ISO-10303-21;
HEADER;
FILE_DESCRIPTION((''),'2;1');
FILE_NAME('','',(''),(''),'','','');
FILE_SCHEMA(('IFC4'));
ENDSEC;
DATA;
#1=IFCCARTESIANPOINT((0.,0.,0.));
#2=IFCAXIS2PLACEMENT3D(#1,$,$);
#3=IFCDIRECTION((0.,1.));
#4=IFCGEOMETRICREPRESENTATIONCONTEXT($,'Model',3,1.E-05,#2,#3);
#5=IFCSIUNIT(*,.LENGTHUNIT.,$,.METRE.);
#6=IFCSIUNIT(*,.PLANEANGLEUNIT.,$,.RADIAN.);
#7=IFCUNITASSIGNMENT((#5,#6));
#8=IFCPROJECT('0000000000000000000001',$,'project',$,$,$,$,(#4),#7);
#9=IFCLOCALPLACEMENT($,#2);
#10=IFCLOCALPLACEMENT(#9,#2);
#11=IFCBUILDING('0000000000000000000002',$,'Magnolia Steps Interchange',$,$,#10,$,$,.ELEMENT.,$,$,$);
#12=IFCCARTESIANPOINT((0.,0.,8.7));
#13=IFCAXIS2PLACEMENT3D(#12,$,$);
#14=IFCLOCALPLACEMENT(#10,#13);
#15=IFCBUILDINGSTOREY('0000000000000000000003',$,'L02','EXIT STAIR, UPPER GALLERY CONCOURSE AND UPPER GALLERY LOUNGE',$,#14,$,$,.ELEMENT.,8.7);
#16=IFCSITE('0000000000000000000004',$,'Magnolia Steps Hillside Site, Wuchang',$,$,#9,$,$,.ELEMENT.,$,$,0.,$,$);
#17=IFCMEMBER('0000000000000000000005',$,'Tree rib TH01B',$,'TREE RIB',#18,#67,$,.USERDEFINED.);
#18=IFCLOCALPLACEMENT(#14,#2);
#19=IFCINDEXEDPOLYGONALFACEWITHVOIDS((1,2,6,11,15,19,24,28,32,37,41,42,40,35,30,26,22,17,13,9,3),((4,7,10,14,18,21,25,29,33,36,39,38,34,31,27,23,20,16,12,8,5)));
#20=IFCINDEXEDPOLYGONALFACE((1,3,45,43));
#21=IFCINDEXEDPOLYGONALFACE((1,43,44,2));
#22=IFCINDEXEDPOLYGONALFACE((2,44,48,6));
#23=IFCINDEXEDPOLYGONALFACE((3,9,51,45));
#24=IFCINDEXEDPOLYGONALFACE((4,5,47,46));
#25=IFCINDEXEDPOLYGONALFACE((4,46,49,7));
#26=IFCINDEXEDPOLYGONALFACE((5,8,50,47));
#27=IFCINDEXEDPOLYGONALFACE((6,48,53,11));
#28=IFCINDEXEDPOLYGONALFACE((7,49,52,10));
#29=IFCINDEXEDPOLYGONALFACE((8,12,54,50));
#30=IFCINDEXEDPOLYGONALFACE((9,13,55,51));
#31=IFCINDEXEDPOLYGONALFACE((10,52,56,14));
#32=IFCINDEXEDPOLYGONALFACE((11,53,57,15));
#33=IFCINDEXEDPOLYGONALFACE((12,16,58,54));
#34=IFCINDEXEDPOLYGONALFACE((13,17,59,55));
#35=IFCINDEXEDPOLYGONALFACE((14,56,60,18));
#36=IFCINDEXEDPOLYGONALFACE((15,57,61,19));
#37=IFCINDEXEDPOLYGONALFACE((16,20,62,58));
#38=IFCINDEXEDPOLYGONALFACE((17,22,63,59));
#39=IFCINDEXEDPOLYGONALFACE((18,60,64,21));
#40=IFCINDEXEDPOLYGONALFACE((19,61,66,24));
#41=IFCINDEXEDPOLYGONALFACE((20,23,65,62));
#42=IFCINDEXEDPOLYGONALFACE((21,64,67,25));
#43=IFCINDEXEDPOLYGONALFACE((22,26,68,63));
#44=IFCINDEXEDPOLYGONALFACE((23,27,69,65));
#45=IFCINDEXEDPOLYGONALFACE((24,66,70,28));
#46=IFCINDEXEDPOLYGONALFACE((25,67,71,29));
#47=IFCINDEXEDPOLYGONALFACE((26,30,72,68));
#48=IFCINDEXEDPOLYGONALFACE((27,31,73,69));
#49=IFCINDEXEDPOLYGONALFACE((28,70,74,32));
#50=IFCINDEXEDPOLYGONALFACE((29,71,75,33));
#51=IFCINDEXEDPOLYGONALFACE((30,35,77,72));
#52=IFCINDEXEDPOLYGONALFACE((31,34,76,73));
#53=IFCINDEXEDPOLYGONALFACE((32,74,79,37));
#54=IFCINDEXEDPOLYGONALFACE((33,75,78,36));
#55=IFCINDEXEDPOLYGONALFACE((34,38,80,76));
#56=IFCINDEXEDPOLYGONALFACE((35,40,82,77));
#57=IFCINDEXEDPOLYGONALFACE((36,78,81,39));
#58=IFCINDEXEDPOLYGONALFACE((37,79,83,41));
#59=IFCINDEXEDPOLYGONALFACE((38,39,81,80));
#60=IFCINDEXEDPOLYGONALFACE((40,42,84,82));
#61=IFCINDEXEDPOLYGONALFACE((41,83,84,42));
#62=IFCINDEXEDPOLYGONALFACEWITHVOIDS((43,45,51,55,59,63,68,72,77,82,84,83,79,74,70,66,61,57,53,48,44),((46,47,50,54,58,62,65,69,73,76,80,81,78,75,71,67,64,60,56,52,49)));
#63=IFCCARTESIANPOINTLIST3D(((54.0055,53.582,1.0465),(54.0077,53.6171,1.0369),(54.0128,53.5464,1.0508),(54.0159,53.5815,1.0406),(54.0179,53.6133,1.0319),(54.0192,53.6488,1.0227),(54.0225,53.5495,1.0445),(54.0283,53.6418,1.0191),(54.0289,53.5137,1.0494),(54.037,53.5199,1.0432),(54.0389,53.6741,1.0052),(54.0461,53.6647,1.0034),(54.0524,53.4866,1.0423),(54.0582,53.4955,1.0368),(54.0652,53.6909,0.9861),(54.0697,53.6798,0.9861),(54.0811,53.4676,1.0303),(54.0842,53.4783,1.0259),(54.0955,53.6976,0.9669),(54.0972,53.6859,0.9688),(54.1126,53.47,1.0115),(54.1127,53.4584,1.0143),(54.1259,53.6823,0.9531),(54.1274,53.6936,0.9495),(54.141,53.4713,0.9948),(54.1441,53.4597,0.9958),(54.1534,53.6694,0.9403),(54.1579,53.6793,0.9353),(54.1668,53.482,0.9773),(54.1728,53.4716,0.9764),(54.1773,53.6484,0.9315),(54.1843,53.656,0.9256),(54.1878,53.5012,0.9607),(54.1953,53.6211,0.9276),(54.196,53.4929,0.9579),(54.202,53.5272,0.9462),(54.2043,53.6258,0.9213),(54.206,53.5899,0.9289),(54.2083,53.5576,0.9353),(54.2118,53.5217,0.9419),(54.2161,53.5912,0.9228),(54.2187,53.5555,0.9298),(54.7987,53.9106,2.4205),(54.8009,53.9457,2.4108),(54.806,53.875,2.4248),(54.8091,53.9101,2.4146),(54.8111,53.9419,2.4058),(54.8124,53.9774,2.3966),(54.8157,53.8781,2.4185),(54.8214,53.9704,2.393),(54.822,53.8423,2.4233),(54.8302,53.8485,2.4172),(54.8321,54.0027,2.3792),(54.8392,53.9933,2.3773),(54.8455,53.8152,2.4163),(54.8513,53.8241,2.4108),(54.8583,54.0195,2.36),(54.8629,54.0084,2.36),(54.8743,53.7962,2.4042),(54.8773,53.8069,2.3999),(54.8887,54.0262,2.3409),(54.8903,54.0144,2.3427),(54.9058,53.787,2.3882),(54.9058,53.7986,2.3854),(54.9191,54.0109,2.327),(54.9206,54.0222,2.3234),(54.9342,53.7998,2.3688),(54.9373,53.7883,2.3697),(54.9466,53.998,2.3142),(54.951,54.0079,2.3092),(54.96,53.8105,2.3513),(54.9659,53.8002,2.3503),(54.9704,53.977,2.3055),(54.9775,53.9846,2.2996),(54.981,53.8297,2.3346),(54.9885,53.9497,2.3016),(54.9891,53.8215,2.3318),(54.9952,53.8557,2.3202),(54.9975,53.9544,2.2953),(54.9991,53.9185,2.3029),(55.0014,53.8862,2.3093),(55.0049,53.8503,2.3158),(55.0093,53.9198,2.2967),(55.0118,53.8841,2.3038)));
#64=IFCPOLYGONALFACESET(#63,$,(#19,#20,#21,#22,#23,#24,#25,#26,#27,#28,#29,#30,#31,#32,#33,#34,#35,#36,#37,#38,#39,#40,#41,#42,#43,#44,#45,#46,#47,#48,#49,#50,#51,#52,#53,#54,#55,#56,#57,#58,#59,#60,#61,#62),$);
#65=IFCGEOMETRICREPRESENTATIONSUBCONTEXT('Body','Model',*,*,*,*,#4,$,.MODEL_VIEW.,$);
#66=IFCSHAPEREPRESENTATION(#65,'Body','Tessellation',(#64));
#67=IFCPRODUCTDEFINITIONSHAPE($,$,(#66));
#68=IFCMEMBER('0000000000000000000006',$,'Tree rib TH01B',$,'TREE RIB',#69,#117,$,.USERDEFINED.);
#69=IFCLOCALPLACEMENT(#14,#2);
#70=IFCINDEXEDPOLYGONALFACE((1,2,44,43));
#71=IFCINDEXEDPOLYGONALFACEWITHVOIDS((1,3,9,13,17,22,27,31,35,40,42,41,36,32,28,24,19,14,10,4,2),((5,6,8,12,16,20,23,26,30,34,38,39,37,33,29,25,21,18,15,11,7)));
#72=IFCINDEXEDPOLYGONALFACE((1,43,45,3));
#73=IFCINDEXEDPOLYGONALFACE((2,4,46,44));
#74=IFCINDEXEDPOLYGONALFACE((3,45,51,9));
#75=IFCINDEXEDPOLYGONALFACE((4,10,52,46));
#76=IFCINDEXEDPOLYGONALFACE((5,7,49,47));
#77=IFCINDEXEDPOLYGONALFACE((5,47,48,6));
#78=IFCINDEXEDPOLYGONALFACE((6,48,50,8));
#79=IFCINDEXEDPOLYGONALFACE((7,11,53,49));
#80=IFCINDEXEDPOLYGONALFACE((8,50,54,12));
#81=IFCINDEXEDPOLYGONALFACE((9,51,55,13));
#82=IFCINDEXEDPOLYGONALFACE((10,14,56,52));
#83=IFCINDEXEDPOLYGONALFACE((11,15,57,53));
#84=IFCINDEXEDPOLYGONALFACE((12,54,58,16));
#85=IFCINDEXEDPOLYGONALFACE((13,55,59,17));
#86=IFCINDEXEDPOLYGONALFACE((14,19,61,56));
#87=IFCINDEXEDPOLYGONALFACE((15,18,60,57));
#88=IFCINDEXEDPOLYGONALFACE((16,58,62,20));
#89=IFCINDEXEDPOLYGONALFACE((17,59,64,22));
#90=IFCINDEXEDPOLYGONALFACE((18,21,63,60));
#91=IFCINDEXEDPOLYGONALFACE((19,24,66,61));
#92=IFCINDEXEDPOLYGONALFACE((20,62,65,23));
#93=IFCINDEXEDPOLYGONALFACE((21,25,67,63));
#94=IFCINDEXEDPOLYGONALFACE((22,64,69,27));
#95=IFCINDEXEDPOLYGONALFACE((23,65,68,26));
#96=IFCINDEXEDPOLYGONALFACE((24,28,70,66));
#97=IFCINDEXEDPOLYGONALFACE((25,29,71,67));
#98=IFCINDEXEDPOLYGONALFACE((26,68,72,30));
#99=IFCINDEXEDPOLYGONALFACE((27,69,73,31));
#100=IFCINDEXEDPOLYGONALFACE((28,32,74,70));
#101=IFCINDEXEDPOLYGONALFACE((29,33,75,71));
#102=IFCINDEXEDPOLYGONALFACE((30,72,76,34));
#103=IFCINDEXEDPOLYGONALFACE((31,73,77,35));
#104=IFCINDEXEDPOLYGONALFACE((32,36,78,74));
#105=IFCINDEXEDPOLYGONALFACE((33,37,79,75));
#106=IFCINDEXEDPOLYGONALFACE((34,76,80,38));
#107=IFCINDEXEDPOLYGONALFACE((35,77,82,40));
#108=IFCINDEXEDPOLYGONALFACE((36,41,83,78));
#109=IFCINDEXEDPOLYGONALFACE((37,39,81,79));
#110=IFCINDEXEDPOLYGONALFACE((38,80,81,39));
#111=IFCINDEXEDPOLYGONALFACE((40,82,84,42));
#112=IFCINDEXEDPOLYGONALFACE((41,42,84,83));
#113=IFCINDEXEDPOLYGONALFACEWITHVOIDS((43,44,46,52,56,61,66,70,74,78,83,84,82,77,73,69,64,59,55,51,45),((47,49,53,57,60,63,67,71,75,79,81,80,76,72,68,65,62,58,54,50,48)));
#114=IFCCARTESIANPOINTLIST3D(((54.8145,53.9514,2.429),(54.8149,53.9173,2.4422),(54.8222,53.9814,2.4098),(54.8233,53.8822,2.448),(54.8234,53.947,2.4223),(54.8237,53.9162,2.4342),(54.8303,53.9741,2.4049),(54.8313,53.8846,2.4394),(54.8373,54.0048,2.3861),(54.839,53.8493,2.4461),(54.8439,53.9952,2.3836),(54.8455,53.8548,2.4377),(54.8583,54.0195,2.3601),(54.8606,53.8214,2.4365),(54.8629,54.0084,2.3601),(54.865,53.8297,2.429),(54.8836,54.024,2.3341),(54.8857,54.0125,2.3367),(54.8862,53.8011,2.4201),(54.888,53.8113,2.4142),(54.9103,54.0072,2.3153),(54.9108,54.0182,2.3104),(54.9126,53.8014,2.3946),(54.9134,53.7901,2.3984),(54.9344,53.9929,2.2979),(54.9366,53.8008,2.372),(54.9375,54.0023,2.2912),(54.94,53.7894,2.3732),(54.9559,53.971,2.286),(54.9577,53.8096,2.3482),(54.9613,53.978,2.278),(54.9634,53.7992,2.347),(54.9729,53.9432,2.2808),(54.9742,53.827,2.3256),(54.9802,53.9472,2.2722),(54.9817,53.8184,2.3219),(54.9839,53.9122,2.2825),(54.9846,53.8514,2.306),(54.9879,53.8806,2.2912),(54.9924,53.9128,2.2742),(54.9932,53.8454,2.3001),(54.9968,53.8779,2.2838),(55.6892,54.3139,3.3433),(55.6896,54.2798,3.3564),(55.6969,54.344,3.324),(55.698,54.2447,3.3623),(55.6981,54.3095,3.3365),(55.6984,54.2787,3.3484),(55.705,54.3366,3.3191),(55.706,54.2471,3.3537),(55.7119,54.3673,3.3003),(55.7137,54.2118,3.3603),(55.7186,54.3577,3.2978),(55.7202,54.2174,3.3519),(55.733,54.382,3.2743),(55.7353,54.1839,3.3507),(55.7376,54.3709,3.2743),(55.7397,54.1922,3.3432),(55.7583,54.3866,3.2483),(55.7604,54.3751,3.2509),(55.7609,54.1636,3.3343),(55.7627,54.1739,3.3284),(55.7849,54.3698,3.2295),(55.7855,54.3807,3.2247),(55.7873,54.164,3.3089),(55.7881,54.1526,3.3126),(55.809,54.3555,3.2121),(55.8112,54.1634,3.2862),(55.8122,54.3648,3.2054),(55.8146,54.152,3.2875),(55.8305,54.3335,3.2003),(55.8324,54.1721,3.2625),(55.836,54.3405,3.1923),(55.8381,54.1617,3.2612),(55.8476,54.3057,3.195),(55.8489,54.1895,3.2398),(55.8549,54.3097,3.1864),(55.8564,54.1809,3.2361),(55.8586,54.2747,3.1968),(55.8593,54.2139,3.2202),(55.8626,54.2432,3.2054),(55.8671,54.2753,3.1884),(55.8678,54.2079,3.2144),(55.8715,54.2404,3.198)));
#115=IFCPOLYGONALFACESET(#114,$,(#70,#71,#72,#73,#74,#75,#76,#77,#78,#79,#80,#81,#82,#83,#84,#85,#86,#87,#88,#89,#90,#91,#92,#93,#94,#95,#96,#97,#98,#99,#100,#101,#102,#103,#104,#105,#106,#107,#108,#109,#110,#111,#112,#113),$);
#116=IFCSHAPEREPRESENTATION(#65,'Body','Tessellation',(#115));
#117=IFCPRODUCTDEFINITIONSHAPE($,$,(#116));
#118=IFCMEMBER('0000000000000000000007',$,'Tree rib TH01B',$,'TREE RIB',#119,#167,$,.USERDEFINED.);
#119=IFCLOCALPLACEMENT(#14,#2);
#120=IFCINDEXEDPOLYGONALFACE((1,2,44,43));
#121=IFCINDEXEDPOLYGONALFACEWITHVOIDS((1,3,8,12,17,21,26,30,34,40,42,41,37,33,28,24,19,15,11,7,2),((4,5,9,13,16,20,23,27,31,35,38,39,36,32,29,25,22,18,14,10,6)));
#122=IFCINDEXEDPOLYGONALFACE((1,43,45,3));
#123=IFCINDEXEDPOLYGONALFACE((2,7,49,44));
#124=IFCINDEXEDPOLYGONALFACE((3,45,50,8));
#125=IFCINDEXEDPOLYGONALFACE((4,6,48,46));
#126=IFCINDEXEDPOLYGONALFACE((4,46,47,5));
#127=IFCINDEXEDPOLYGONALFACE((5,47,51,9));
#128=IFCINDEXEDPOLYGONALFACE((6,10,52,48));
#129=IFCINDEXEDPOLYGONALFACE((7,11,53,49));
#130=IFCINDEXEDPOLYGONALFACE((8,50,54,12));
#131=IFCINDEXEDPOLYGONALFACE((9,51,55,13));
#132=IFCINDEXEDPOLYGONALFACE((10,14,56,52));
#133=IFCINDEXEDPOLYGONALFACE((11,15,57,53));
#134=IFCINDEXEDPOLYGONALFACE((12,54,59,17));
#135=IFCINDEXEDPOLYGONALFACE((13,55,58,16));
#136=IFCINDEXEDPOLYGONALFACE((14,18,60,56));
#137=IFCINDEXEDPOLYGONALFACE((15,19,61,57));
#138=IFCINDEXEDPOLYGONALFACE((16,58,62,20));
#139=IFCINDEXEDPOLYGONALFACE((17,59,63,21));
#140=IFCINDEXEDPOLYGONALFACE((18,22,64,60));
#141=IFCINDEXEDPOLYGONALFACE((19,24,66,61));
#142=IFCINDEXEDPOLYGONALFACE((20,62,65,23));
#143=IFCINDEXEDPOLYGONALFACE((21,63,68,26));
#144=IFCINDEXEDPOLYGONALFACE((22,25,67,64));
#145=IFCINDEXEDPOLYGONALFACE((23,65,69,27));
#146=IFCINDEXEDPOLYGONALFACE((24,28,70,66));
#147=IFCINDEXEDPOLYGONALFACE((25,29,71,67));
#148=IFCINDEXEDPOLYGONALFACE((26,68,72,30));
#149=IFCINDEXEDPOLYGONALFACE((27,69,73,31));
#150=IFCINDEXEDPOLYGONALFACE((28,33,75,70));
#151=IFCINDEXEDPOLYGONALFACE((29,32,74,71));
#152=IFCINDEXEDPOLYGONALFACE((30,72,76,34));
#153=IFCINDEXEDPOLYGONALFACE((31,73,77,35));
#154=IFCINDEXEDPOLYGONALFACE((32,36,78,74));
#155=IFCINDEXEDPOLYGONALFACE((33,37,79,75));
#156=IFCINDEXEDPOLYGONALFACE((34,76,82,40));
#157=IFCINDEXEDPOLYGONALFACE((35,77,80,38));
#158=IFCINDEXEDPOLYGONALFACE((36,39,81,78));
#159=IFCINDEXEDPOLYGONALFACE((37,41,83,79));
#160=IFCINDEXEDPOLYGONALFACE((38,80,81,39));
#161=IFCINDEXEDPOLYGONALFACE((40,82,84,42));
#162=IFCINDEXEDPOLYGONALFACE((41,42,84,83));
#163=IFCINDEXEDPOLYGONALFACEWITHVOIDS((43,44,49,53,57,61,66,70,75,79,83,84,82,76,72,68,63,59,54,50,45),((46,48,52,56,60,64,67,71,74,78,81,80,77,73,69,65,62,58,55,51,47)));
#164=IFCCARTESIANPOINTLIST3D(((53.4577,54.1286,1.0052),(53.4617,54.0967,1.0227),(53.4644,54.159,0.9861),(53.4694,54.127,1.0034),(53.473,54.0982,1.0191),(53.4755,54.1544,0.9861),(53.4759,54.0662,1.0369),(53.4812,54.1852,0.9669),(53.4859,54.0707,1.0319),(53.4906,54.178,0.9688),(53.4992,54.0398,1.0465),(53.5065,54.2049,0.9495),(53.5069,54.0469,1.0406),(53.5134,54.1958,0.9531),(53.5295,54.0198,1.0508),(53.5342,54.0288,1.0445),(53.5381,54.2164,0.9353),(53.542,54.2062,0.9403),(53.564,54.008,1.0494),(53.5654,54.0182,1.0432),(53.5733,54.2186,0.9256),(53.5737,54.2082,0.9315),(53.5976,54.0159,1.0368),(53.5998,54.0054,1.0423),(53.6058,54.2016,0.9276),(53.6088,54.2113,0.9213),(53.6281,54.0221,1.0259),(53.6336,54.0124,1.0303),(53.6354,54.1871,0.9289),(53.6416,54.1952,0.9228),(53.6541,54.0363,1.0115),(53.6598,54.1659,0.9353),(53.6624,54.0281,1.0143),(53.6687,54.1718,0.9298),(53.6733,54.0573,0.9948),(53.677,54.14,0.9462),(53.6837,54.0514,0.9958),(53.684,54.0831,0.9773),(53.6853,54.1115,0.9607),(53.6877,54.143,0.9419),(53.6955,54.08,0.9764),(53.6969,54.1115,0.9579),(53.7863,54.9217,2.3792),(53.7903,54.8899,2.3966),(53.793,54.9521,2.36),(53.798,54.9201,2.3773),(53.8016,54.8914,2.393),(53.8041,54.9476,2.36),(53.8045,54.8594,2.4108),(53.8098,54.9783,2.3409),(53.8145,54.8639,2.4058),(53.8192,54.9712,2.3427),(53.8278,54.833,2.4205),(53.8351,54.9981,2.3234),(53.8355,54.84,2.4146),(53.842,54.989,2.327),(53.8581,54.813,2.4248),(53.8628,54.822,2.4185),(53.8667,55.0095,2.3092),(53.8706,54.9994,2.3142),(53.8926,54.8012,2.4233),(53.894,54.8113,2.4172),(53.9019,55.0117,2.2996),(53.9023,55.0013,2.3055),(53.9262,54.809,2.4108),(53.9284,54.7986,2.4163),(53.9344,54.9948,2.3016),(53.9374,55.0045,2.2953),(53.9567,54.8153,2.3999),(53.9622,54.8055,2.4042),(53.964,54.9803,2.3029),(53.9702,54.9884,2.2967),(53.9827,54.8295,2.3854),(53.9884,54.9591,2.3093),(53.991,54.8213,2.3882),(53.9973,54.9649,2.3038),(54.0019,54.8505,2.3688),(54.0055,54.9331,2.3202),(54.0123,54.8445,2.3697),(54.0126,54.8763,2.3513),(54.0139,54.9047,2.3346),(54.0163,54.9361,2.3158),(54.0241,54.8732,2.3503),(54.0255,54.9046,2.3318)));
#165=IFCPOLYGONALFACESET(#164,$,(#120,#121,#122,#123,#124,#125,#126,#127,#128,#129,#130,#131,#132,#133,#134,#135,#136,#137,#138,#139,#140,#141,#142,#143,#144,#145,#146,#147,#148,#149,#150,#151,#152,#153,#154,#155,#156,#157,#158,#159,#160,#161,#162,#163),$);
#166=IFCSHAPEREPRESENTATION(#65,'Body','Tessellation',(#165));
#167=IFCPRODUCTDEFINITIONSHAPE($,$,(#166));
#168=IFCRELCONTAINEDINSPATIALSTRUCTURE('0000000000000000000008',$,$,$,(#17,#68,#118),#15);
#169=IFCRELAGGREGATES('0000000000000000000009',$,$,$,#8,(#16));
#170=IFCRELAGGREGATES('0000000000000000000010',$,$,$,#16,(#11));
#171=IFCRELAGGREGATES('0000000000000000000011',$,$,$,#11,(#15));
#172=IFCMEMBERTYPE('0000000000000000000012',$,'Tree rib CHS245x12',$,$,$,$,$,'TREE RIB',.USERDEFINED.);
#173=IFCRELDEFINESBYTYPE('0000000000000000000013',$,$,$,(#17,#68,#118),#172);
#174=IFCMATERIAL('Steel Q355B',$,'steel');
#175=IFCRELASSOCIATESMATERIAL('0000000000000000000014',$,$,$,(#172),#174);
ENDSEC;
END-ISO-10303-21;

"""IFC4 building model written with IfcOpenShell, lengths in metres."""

from ifc_helpers import new_model, si_unit, direction, frame, origin, origin_2d, place, context, subcontext, project, spatial, hollow_circle, extrude, material, material_profile, profile_set, type_object, element, save


model = new_model("IFC4")

# Units and contexts
model_context = context("Model", 3, precision=1e-05, world=origin(), true_north=direction((0.0, 1.0)))
body_context = subcontext(model_context, "Body", "Model", "MODEL_VIEW")
ifc_project = project(units=[si_unit("LENGTHUNIT", "METRE"), si_unit("PLANEANGLEUNIT", "RADIAN")], contexts=[model_context])

# Site, building, storey
site_placement = place(None, origin())
site = spatial("IfcSite", under=ifc_project, at=site_placement, Name="Magnolia Steps Hillside Site, Wuchang", CompositionType="ELEMENT", RefElevation=0.0)
building_placement = place(site_placement, origin())
building = spatial("IfcBuilding", under=site, at=building_placement, Name="Magnolia Steps Interchange", CompositionType="ELEMENT")
storey_placement = place(building_placement, frame((0.0, 0.0, 8.7)))
storey = spatial("IfcBuildingStorey", under=building, at=storey_placement, Name="L02", Description="EXIT STAIR, UPPER GALLERY CONCOURSE AND UPPER GALLERY LOUNGE", CompositionType="ELEMENT", Elevation=8.7)

# Members
ifc_material_1 = material(Name="Steel Q355B", Category="steel")
ifc_material_profile_1 = material_profile(ifc_material_1, hollow_circle(Radius=0.1226, WallThickness=0.012, at=origin_2d()), Name="CHS245x12")
ifc_profile_set_1 = profile_set([ifc_material_profile_1], Name="Steel Q355B")
member_type = type_object("IfcMemberType", Name="Tree rib CHS245x12", ElementType="TREE RIB", PredefinedType="USERDEFINED", material=ifc_profile_set_1)
member_1_placement = place(storey_placement, frame((54.1121, 53.5776, 0.9861), z_axis=(0.489571, 0.20282, 0.848047), x_axis=(-0.382737, 0.923857, 0.0)))
element("IfcMember", 1, at=member_1_placement, inside=storey, type_object=member_type, Name="Tree rib TH01B", ObjectType="TREE RIB", PredefinedType="USERDEFINED", context=body_context, shape_type="SweptSolid", body=[
    extrude(hollow_circle(Radius=0.1226, WallThickness=0.012, at=origin_2d()), origin(), (0.0, 0.0, 1.0), 1.6201),
])
member_2_placement = place(storey_placement, frame((54.9053, 53.9062, 2.3601), z_axis=(0.664566, 0.275434, 0.694613), x_axis=(-0.382876, 0.9238, 0.0)))
element("IfcMember", 2, at=member_2_placement, inside=storey, type_object=member_type, Name="Tree rib TH01B", ObjectType="TREE RIB", PredefinedType="USERDEFINED", context=body_context, shape_type="SweptSolid", body=[
    extrude(hollow_circle(Radius=0.1226, WallThickness=0.012, at=origin_2d()), origin(), (0.0, 0.0, 1.0), 1.3162),
])
for number, where, z_axis, x_axis, name in (
    (3, (53.5776, 54.1121, 0.9861), (0.20282, 0.489571, 0.848047), (-0.923857, 0.382737, 0.0), "Tree rib TH01B"),
):
    element("IfcMember", number, at=place(storey_placement, frame(where, z_axis=z_axis, x_axis=x_axis)), inside=storey, type_object=member_type, Name=name, ObjectType="TREE RIB", PredefinedType="USERDEFINED", context=body_context, shape_type="SweptSolid", body=[
        extrude(hollow_circle(Radius=0.1226, WallThickness=0.012, at=origin_2d()), origin(), (0.0, 0.0, 1.0), 1.6201),
    ])

save(model, "model.ifc")
